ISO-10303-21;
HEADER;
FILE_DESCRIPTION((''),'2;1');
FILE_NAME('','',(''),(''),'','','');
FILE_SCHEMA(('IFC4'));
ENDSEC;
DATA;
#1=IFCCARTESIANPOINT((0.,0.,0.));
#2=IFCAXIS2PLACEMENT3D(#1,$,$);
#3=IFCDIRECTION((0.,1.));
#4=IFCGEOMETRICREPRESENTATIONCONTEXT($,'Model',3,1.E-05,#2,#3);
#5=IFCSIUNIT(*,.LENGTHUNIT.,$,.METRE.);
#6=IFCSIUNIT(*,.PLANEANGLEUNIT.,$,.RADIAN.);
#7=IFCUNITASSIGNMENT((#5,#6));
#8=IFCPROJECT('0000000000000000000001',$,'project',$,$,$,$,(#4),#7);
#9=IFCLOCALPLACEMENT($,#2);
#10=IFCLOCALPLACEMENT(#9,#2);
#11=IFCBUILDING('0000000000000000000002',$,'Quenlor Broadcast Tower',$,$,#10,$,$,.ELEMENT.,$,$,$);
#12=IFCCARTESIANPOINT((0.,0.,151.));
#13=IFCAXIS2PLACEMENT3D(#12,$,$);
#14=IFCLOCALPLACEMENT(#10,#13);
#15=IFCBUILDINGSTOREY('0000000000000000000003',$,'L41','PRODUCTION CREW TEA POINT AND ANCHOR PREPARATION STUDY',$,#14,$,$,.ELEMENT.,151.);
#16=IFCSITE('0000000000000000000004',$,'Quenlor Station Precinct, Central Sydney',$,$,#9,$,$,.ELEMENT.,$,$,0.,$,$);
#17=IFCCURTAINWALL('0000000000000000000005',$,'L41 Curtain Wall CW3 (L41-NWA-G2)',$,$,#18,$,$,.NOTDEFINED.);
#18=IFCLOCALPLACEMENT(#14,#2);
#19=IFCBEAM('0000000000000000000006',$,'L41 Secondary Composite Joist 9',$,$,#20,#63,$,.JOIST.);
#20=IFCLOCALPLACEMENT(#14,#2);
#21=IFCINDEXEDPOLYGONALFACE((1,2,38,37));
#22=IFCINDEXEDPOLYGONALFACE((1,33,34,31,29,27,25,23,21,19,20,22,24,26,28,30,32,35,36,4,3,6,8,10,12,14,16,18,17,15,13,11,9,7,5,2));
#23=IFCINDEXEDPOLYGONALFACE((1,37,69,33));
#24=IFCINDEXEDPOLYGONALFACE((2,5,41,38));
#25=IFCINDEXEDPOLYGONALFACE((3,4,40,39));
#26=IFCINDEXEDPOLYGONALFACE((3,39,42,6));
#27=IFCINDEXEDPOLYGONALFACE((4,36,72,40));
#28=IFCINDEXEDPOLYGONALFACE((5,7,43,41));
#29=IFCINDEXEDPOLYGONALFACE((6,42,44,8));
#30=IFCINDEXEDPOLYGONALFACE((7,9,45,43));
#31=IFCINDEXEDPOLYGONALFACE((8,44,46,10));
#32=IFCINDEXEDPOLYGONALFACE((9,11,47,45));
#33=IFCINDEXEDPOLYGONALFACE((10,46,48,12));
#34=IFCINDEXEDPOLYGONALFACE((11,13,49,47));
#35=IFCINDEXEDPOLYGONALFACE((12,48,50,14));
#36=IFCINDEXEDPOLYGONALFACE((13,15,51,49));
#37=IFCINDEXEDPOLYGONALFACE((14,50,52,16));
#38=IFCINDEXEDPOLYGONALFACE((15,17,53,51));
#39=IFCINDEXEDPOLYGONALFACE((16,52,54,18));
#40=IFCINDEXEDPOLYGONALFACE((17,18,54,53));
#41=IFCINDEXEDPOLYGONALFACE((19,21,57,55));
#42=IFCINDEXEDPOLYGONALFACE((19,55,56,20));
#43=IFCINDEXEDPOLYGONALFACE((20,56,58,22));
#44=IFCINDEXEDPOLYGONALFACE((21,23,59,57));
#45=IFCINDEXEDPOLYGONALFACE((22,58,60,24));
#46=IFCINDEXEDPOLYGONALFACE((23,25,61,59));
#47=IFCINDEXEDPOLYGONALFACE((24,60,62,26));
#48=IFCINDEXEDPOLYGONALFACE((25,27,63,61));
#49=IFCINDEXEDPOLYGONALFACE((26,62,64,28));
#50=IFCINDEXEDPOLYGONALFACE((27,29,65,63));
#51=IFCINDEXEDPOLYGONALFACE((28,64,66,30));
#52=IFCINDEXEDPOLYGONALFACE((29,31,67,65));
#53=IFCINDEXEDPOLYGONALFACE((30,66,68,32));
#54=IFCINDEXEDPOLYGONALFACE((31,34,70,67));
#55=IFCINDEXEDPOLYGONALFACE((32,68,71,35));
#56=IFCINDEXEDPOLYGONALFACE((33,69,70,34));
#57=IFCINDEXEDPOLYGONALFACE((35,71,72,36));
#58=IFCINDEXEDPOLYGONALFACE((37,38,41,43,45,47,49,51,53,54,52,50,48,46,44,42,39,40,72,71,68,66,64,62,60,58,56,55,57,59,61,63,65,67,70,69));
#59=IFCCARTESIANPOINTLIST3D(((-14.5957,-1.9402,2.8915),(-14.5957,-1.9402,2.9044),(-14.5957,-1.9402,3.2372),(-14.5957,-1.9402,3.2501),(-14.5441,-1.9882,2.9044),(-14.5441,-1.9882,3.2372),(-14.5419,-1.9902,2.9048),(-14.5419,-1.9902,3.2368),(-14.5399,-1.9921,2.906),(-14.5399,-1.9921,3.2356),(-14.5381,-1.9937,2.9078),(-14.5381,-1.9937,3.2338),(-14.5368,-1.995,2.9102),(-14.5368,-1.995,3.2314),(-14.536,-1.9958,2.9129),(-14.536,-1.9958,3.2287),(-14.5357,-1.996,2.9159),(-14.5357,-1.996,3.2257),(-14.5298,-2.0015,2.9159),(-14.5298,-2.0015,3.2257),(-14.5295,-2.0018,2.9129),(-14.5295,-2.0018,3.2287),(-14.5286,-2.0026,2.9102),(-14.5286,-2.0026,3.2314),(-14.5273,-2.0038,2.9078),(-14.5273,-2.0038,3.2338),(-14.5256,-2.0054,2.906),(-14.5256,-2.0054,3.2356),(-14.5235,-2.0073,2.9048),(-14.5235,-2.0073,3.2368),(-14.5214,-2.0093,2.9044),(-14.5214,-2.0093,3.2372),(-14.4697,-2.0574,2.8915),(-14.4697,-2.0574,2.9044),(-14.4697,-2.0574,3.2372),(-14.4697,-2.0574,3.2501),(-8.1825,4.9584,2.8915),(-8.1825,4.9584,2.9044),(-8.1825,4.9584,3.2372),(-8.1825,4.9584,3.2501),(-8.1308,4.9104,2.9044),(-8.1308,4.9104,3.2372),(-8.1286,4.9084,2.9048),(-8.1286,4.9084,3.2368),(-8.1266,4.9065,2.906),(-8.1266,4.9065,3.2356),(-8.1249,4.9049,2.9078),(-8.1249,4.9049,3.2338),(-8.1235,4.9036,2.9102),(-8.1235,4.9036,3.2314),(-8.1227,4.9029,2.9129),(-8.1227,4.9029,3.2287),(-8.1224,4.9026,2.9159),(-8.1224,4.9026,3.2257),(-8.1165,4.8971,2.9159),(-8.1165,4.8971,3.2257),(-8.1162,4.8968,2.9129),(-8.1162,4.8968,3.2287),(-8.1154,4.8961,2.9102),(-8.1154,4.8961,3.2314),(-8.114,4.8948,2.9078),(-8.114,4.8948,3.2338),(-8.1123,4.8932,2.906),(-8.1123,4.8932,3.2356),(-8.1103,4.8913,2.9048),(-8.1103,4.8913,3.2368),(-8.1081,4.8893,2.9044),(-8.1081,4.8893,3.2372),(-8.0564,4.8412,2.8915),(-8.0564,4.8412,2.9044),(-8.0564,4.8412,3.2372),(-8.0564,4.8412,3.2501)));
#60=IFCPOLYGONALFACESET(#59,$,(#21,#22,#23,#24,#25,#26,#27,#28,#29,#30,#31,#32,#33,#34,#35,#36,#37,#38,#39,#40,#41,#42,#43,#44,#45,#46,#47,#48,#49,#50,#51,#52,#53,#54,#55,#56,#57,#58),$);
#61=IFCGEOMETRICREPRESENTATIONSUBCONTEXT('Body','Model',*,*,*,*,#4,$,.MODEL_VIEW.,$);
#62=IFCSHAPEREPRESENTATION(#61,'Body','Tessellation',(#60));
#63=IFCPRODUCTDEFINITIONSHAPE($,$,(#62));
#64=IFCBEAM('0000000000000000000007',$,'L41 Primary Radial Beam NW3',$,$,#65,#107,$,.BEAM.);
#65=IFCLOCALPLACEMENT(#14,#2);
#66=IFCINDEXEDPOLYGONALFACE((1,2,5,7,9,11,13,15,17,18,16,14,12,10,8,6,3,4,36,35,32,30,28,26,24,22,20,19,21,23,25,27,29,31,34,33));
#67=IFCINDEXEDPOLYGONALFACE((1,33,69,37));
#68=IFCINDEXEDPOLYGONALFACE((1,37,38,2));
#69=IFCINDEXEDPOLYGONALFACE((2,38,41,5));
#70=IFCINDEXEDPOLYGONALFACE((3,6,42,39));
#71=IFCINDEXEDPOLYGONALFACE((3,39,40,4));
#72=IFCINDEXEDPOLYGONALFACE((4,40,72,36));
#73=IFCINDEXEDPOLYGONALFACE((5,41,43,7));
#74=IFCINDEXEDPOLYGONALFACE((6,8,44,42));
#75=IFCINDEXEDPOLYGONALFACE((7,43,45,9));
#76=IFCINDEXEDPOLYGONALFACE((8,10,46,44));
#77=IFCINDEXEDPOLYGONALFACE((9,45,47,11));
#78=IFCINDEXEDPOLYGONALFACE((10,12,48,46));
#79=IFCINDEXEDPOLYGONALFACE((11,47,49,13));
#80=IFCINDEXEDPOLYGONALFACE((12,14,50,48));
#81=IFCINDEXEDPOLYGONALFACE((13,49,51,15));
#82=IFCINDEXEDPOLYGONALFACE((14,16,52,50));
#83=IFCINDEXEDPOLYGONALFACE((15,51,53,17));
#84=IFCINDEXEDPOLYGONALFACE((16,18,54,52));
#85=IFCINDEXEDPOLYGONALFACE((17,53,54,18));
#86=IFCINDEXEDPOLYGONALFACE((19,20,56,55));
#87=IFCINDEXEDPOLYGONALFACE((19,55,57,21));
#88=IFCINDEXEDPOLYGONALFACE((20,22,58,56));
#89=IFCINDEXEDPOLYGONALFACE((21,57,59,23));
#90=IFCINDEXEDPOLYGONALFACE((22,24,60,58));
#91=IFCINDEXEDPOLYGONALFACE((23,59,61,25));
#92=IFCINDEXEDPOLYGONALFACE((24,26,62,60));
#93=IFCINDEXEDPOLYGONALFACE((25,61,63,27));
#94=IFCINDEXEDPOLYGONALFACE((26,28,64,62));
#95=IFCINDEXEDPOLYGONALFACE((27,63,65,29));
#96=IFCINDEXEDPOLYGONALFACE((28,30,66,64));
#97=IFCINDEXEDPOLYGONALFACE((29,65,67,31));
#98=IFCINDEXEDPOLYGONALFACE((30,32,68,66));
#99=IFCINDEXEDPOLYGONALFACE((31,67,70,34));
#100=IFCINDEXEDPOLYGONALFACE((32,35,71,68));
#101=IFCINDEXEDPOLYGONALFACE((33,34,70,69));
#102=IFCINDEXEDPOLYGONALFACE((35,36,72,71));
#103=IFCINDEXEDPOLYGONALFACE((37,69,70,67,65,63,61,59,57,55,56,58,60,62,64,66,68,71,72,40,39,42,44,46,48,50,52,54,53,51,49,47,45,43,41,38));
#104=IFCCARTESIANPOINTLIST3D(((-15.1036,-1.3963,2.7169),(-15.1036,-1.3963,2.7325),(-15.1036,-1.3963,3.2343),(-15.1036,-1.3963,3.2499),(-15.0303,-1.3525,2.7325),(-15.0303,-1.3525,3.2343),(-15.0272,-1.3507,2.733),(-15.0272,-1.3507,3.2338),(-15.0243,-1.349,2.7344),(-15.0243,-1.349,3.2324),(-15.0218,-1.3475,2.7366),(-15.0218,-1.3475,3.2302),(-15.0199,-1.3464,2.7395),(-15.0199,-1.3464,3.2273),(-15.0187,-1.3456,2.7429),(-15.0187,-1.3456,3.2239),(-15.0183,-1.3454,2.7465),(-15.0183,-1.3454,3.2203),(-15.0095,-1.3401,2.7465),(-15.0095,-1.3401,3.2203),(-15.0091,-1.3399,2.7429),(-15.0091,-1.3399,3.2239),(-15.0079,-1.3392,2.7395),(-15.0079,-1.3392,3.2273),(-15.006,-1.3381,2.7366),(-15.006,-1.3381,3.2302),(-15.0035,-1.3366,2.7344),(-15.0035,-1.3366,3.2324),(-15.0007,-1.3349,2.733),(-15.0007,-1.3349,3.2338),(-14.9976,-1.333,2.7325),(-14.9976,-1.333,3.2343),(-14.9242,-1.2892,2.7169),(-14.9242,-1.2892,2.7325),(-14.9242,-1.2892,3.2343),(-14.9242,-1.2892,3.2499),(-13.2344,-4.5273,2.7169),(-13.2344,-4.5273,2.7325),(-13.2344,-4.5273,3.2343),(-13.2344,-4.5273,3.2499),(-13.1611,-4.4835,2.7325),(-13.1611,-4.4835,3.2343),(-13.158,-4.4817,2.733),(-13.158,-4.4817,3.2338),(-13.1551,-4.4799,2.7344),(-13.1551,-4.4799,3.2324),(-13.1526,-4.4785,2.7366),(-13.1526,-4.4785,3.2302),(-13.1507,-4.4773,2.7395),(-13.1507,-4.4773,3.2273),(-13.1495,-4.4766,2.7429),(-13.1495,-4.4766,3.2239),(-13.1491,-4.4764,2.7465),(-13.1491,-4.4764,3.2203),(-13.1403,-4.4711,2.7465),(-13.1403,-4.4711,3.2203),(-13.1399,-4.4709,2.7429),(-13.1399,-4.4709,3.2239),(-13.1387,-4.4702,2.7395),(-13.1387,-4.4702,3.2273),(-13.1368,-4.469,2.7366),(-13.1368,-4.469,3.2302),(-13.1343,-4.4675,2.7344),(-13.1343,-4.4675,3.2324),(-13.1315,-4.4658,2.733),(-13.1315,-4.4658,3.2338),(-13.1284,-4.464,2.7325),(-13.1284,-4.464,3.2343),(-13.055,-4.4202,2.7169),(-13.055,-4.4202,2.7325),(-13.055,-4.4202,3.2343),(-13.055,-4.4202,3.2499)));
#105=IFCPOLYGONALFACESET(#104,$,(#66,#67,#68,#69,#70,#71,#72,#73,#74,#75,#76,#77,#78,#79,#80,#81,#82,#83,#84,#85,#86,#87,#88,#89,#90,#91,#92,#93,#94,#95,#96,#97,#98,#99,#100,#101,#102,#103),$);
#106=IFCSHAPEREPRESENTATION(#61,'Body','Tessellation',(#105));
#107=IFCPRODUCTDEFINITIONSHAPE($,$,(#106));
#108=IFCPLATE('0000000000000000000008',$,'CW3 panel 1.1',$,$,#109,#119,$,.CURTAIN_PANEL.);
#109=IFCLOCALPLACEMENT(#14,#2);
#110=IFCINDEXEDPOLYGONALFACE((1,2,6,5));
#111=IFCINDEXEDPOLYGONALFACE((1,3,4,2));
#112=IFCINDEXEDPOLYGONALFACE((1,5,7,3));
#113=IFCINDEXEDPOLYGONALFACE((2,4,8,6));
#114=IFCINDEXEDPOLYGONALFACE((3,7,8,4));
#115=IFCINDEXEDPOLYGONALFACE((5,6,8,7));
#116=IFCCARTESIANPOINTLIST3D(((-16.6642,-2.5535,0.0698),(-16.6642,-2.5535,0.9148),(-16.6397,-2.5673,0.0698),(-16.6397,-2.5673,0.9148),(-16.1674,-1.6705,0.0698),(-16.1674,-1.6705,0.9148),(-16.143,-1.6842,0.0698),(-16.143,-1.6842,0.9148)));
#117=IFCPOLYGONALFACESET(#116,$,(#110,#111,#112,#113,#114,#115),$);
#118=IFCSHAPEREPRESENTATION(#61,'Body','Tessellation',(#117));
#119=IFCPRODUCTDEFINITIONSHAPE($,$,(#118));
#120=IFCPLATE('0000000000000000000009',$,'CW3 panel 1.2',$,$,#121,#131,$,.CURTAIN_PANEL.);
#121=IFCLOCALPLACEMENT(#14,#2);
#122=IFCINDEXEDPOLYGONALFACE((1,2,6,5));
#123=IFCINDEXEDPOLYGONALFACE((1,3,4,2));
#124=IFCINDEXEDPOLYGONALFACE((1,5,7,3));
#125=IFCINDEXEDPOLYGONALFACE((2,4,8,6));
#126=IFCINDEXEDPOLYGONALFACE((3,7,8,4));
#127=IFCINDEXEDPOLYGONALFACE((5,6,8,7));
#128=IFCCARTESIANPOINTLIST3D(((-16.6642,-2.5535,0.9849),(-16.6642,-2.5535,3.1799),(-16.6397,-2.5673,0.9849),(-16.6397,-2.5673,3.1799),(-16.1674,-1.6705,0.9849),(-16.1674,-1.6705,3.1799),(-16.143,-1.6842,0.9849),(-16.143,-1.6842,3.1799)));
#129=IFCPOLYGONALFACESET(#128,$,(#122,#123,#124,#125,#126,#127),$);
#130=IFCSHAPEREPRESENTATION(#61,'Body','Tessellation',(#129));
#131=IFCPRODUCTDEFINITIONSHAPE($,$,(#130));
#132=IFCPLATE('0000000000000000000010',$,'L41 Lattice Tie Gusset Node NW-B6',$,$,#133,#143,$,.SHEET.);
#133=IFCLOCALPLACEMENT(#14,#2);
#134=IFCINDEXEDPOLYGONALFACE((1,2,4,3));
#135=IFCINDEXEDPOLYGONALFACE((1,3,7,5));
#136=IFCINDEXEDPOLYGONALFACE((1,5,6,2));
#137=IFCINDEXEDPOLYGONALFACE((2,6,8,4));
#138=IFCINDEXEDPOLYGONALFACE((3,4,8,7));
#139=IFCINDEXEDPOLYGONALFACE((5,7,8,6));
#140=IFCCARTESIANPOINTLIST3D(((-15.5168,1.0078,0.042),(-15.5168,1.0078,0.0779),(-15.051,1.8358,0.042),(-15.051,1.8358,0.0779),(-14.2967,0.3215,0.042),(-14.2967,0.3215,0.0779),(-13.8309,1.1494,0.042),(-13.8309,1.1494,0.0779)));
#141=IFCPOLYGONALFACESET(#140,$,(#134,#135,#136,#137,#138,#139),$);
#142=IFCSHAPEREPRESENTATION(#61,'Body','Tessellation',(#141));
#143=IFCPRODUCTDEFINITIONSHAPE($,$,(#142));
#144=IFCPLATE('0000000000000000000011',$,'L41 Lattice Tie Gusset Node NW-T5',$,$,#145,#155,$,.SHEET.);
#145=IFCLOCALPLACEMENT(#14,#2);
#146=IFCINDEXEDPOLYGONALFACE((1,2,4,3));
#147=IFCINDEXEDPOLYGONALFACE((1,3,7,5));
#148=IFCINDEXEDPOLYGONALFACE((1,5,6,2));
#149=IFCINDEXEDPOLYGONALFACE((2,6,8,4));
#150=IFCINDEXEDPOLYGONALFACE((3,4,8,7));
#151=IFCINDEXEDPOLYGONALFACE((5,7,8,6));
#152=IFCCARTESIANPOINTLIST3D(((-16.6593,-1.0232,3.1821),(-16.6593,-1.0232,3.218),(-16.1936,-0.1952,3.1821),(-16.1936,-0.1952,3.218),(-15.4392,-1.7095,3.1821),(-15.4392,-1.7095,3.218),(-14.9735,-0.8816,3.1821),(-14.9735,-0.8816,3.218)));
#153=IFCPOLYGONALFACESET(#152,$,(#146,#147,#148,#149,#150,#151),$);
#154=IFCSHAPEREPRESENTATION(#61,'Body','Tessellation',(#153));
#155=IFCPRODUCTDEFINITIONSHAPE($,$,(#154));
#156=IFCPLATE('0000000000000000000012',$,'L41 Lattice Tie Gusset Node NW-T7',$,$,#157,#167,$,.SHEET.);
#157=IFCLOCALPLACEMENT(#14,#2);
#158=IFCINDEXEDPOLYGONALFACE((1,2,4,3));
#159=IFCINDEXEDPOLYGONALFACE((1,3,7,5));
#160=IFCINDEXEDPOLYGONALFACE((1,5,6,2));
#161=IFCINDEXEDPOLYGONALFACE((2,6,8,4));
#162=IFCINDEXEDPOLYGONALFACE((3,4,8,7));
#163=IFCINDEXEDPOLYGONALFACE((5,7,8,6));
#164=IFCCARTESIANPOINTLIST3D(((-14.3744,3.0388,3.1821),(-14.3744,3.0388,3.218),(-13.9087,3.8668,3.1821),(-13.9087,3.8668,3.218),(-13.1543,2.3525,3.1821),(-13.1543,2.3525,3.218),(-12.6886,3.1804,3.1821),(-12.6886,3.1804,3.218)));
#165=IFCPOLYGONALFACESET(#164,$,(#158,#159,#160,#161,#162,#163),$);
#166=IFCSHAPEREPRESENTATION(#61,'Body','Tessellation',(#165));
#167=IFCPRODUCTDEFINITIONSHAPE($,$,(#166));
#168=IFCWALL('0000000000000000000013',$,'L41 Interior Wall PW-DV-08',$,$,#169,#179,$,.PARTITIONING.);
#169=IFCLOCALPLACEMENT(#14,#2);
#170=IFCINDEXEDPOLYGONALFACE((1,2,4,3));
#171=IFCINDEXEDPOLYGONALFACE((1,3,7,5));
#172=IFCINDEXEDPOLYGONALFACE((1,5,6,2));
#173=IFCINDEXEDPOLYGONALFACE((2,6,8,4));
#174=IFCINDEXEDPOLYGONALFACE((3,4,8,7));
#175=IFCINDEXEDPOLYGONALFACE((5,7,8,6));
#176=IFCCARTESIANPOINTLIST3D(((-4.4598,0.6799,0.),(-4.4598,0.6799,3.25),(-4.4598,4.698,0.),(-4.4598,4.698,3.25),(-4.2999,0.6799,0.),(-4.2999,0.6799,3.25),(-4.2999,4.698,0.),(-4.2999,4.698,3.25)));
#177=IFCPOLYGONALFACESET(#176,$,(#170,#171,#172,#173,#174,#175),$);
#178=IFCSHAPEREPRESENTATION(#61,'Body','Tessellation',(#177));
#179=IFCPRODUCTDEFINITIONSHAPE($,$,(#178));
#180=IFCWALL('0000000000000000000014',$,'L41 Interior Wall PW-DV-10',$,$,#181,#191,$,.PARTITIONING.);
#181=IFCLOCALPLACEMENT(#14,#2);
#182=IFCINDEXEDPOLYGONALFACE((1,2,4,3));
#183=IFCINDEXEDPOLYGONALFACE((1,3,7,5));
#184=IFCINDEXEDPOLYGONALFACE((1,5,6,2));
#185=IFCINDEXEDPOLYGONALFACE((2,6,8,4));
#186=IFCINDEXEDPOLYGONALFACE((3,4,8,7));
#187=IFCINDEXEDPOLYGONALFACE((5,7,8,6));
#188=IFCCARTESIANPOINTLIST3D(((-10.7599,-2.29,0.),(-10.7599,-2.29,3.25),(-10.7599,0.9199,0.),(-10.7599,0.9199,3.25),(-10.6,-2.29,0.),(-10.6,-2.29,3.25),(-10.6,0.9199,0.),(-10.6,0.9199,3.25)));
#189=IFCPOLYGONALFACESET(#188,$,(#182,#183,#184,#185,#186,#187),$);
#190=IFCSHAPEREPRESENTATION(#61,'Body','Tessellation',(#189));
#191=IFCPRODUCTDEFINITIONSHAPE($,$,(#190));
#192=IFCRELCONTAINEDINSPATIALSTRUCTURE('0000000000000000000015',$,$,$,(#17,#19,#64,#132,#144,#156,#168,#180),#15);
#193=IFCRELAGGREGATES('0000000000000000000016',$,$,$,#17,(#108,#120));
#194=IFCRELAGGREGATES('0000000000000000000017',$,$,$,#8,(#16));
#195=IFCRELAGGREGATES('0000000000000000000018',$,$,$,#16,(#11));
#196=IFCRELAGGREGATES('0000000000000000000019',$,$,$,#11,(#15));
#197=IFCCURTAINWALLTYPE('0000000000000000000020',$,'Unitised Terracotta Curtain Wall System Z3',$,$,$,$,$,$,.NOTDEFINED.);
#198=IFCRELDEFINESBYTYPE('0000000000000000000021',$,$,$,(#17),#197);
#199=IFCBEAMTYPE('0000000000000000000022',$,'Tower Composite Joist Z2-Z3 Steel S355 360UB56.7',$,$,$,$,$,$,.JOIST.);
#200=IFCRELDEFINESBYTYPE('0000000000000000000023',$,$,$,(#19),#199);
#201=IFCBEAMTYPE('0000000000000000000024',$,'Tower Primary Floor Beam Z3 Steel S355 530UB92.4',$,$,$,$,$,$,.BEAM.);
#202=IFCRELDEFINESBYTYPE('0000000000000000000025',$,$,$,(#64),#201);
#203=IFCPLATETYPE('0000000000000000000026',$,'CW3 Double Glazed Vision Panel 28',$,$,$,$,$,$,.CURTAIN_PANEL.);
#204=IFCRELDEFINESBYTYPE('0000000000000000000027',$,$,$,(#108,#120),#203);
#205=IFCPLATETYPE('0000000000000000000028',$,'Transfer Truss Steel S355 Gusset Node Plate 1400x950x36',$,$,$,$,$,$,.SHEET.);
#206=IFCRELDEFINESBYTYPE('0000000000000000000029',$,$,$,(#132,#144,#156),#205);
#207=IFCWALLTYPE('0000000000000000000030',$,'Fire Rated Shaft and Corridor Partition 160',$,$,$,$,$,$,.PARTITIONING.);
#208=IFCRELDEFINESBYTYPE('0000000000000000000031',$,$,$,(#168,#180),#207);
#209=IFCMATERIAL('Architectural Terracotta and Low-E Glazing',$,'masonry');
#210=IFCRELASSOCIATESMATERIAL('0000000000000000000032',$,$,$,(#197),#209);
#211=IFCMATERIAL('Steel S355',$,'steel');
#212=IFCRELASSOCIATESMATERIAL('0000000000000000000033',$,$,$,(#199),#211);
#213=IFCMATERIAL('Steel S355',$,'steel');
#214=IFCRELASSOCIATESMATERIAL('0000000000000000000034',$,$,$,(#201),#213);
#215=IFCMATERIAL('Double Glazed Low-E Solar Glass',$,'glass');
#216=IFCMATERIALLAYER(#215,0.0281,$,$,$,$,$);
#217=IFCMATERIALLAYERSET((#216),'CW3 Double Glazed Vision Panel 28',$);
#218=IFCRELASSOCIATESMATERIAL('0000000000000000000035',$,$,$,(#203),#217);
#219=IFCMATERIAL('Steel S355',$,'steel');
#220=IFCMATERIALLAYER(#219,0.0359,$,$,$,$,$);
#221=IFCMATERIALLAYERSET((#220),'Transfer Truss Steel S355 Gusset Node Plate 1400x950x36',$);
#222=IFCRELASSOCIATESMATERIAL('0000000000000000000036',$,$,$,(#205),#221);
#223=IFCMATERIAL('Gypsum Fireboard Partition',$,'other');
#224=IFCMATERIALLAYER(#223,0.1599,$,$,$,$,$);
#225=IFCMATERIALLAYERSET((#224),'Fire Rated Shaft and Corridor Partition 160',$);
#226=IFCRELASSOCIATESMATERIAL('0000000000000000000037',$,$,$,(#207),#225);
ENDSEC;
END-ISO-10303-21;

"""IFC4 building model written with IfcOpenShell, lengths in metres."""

from ifc_helpers import new_model, si_unit, direction, frame, frame_2d, origin, origin_2d, place, context, subcontext, project, spatial, rectangle, i_section, extrude, material, layer, layer_set, material_profile, profile_set, type_object, element, aggregate, save


model = new_model("IFC4")

# Units and contexts
model_context = context("Model", 3, precision=1e-05, world=origin(), true_north=direction((0.0, 1.0)))
body_context = subcontext(model_context, "Body", "Model", "MODEL_VIEW")
ifc_project = project(units=[si_unit("LENGTHUNIT", "METRE"), si_unit("PLANEANGLEUNIT", "RADIAN")], contexts=[model_context])

# Site, building, storey
site_placement = place(None, origin())
site = spatial("IfcSite", under=ifc_project, at=site_placement, Name="Quenlor Station Precinct, Central Sydney", CompositionType="ELEMENT", RefElevation=0.0)
building_placement = place(site_placement, origin())
building = spatial("IfcBuilding", under=site, at=building_placement, Name="Quenlor Broadcast Tower", CompositionType="ELEMENT")
storey_placement = place(building_placement, frame((0.0, 0.0, 151.0)))
storey = spatial("IfcBuildingStorey", under=building, at=storey_placement, Name="L41", Description="PRODUCTION CREW TEA POINT AND ANCHOR PREPARATION STUDY", CompositionType="ELEMENT", Elevation=151.0)

# Curtain wall
ifc_material_1 = material(Name="Architectural Terracotta and Low-E Glazing", Category="masonry")
curtain_wall_type = type_object("IfcCurtainWallType", Name="Unitised Terracotta Curtain Wall System Z3", PredefinedType="NOTDEFINED", material=ifc_material_1)
curtain_wall_placement = place(storey_placement, origin())
curtain_wall = element("IfcCurtainWall", 1, at=curtain_wall_placement, inside=storey, type_object=curtain_wall_type, Name="L41 Curtain Wall CW3 (L41-NWA-G2)", PredefinedType="NOTDEFINED")

# Beams
ifc_material_2 = material(Name="Steel S355", Category="steel")
ifc_material_profile_1 = material_profile(ifc_material_2, i_section(OverallWidth=0.1721, OverallDepth=0.3586, WebThickness=0.0081, FlangeThickness=0.0129, FilletRadius=0.0115, at=origin_2d()))
ifc_profile_set_1 = profile_set([ifc_material_profile_1], Name="Steel S355 360UB56.7")
beam_type_1 = type_object("IfcBeamType", Name="Tower Composite Joist Z2-Z3 Steel S355 360UB56.7", PredefinedType="JOIST", material=ifc_profile_set_1)
beam_1_placement = place(storey_placement, frame((-14.5327, -1.9988, 3.0708), z_axis=(0.680874, 0.732401, 0.0), x_axis=(-0.732401, 0.680874, 0.0)))
element("IfcBeam", 2, at=beam_1_placement, inside=storey, type_object=beam_type_1, Name="L41 Secondary Composite Joist 9", PredefinedType="JOIST", context=body_context, shape_type="SweptSolid", body=[
    extrude(i_section(OverallWidth=0.1721, OverallDepth=0.3586, WebThickness=0.0081, FlangeThickness=0.0129, FilletRadius=0.0115, at=origin_2d()), origin(), (0.0, 0.0, 1.0), 9.4192),
])
ifc_material_3 = material(Name="Steel S355", Category="steel")
ifc_material_profile_2 = material_profile(ifc_material_3, i_section(OverallWidth=0.209, OverallDepth=0.533, WebThickness=0.0103, FlangeThickness=0.0156, FilletRadius=0.0139, at=origin_2d()))
ifc_profile_set_2 = profile_set([ifc_material_profile_2], Name="Steel S355 530UB92.4")
beam_type_2 = type_object("IfcBeamType", Name="Tower Primary Floor Beam Z3 Steel S355 530UB92.4", PredefinedType="BEAM", material=ifc_profile_set_2)
beam_2_placement = place(storey_placement, frame((-15.0139, -1.3428, 2.9834), z_axis=(0.512604, -0.858625, 0.0), x_axis=(0.858625, 0.512604, 0.0)))
element("IfcBeam", 3, at=beam_2_placement, inside=storey, type_object=beam_type_2, Name="L41 Primary Radial Beam NW3", PredefinedType="BEAM", context=body_context, shape_type="SweptSolid", body=[
    extrude(i_section(OverallWidth=0.209, OverallDepth=0.533, WebThickness=0.0103, FlangeThickness=0.0156, FilletRadius=0.0139, at=origin_2d()), origin(), (0.0, 0.0, 1.0), 3.6465),
])

# Plates
ifc_material_4 = material(Name="Double Glazed Low-E Solar Glass", Category="glass")
ifc_layer_1 = layer(ifc_material_4, 0.0281)
ifc_layer_set_1 = layer_set([ifc_layer_1], Name="CW3 Double Glazed Vision Panel 28")
plate_type_1 = type_object("IfcPlateType", Name="CW3 Double Glazed Vision Panel 28", PredefinedType="CURTAIN_PANEL", material=ifc_layer_set_1)
plate_1_placement = place(storey_placement, frame((-16.4036, -2.1189, 0.0698), z_axis=(0.0, 0.0, 1.0), x_axis=(0.490253, 0.87158, 0.0)))
plate_1 = element("IfcPlate", 4, at=plate_1_placement, type_object=plate_type_1, Name="CW3 panel 1.1", PredefinedType="CURTAIN_PANEL", context=body_context, shape_type="SweptSolid", body=[
    extrude(rectangle(XDim=1.0132, YDim=0.0281, at=origin_2d()), origin(), (0.0, 0.0, 1.0), 0.845),
])
plate_2_placement = place(storey_placement, frame((-16.4036, -2.1189, 0.9849), z_axis=(0.0, 0.0, 1.0), x_axis=(0.490253, 0.87158, 0.0)))
plate_2 = element("IfcPlate", 5, at=plate_2_placement, type_object=plate_type_1, Name="CW3 panel 1.2", PredefinedType="CURTAIN_PANEL", context=body_context, shape_type="SweptSolid", body=[
    extrude(rectangle(XDim=1.0132, YDim=0.0281, at=origin_2d()), origin(), (0.0, 0.0, 1.0), 2.1951),
])
aggregate(curtain_wall, [plate_1, plate_2])

# Plates
ifc_material_5 = material(Name="Steel S355", Category="steel")
ifc_layer_2 = layer(ifc_material_5, 0.0359)
ifc_layer_set_2 = layer_set([ifc_layer_2], Name="Transfer Truss Steel S355 Gusset Node Plate 1400x950x36")
plate_type_2 = type_object("IfcPlateType", Name="Transfer Truss Steel S355 Gusset Node Plate 1400x950x36", PredefinedType="SHEET", material=ifc_layer_set_2)
for number, where, z_axis, x_axis, name in (
    (6, (-14.6738, 1.0786, 0.042), (0.0, 0.0, 1.0), (-0.871556, 0.490295, 0.0), "L41 Lattice Tie Gusset Node NW-B6"),
    (7, (-15.8164, -0.9524, 3.1821), (0.0, 0.0, 1.0), (-0.871556, 0.490295, 0.0), "L41 Lattice Tie Gusset Node NW-T5"),
    (8, (-13.5315, 3.1096, 3.1821), (0.0, 0.0, 1.0), (-0.871556, 0.490295, 0.0), "L41 Lattice Tie Gusset Node NW-T7"),
):
    element("IfcPlate", number, at=place(storey_placement, frame(where, z_axis=z_axis, x_axis=x_axis)), inside=storey, type_object=plate_type_2, Name=name, PredefinedType="SHEET", context=body_context, shape_type="SweptSolid", body=[
        extrude(rectangle(XDim=1.3999, YDim=0.95, at=origin_2d()), origin(), (0.0, 0.0, 1.0), 0.0359),
    ])

# Walls
ifc_material_6 = material(Name="Gypsum Fireboard Partition", Category="other")
ifc_layer_3 = layer(ifc_material_6, 0.1599)
ifc_layer_set_3 = layer_set([ifc_layer_3], Name="Fire Rated Shaft and Corridor Partition 160")
wall_type_1 = type_object("IfcWallType", Name="Fire Rated Shaft and Corridor Partition 160", PredefinedType="PARTITIONING", material=ifc_layer_set_3)
wall_1_placement = place(storey_placement, frame((-4.3799, 0.6799, 0.0), z_axis=(0.0, 0.0, 1.0), x_axis=(0.0, 1.0, 0.0)))
element("IfcWall", 9, at=wall_1_placement, inside=storey, type_object=wall_type_1, Name="L41 Interior Wall PW-DV-08", PredefinedType="PARTITIONING", context=body_context, shape_type="SweptSolid", body=[
    extrude(rectangle(XDim=4.0181, YDim=0.1599, at=frame_2d((2.009, 0.0))), origin(), (0.0, 0.0, 1.0), 3.25),
])
wall_2_placement = place(storey_placement, frame((-10.6799, -2.29, 0.0), z_axis=(0.0, 0.0, 1.0), x_axis=(0.0, 1.0, 0.0)))
element("IfcWall", 10, at=wall_2_placement, inside=storey, type_object=wall_type_1, Name="L41 Interior Wall PW-DV-10", PredefinedType="PARTITIONING", context=body_context, shape_type="SweptSolid", body=[
    extrude(rectangle(XDim=3.21, YDim=0.1599, at=frame_2d((1.605, 0.0))), origin(), (0.0, 0.0, 1.0), 3.25),
])

save(model, "model.ifc")
